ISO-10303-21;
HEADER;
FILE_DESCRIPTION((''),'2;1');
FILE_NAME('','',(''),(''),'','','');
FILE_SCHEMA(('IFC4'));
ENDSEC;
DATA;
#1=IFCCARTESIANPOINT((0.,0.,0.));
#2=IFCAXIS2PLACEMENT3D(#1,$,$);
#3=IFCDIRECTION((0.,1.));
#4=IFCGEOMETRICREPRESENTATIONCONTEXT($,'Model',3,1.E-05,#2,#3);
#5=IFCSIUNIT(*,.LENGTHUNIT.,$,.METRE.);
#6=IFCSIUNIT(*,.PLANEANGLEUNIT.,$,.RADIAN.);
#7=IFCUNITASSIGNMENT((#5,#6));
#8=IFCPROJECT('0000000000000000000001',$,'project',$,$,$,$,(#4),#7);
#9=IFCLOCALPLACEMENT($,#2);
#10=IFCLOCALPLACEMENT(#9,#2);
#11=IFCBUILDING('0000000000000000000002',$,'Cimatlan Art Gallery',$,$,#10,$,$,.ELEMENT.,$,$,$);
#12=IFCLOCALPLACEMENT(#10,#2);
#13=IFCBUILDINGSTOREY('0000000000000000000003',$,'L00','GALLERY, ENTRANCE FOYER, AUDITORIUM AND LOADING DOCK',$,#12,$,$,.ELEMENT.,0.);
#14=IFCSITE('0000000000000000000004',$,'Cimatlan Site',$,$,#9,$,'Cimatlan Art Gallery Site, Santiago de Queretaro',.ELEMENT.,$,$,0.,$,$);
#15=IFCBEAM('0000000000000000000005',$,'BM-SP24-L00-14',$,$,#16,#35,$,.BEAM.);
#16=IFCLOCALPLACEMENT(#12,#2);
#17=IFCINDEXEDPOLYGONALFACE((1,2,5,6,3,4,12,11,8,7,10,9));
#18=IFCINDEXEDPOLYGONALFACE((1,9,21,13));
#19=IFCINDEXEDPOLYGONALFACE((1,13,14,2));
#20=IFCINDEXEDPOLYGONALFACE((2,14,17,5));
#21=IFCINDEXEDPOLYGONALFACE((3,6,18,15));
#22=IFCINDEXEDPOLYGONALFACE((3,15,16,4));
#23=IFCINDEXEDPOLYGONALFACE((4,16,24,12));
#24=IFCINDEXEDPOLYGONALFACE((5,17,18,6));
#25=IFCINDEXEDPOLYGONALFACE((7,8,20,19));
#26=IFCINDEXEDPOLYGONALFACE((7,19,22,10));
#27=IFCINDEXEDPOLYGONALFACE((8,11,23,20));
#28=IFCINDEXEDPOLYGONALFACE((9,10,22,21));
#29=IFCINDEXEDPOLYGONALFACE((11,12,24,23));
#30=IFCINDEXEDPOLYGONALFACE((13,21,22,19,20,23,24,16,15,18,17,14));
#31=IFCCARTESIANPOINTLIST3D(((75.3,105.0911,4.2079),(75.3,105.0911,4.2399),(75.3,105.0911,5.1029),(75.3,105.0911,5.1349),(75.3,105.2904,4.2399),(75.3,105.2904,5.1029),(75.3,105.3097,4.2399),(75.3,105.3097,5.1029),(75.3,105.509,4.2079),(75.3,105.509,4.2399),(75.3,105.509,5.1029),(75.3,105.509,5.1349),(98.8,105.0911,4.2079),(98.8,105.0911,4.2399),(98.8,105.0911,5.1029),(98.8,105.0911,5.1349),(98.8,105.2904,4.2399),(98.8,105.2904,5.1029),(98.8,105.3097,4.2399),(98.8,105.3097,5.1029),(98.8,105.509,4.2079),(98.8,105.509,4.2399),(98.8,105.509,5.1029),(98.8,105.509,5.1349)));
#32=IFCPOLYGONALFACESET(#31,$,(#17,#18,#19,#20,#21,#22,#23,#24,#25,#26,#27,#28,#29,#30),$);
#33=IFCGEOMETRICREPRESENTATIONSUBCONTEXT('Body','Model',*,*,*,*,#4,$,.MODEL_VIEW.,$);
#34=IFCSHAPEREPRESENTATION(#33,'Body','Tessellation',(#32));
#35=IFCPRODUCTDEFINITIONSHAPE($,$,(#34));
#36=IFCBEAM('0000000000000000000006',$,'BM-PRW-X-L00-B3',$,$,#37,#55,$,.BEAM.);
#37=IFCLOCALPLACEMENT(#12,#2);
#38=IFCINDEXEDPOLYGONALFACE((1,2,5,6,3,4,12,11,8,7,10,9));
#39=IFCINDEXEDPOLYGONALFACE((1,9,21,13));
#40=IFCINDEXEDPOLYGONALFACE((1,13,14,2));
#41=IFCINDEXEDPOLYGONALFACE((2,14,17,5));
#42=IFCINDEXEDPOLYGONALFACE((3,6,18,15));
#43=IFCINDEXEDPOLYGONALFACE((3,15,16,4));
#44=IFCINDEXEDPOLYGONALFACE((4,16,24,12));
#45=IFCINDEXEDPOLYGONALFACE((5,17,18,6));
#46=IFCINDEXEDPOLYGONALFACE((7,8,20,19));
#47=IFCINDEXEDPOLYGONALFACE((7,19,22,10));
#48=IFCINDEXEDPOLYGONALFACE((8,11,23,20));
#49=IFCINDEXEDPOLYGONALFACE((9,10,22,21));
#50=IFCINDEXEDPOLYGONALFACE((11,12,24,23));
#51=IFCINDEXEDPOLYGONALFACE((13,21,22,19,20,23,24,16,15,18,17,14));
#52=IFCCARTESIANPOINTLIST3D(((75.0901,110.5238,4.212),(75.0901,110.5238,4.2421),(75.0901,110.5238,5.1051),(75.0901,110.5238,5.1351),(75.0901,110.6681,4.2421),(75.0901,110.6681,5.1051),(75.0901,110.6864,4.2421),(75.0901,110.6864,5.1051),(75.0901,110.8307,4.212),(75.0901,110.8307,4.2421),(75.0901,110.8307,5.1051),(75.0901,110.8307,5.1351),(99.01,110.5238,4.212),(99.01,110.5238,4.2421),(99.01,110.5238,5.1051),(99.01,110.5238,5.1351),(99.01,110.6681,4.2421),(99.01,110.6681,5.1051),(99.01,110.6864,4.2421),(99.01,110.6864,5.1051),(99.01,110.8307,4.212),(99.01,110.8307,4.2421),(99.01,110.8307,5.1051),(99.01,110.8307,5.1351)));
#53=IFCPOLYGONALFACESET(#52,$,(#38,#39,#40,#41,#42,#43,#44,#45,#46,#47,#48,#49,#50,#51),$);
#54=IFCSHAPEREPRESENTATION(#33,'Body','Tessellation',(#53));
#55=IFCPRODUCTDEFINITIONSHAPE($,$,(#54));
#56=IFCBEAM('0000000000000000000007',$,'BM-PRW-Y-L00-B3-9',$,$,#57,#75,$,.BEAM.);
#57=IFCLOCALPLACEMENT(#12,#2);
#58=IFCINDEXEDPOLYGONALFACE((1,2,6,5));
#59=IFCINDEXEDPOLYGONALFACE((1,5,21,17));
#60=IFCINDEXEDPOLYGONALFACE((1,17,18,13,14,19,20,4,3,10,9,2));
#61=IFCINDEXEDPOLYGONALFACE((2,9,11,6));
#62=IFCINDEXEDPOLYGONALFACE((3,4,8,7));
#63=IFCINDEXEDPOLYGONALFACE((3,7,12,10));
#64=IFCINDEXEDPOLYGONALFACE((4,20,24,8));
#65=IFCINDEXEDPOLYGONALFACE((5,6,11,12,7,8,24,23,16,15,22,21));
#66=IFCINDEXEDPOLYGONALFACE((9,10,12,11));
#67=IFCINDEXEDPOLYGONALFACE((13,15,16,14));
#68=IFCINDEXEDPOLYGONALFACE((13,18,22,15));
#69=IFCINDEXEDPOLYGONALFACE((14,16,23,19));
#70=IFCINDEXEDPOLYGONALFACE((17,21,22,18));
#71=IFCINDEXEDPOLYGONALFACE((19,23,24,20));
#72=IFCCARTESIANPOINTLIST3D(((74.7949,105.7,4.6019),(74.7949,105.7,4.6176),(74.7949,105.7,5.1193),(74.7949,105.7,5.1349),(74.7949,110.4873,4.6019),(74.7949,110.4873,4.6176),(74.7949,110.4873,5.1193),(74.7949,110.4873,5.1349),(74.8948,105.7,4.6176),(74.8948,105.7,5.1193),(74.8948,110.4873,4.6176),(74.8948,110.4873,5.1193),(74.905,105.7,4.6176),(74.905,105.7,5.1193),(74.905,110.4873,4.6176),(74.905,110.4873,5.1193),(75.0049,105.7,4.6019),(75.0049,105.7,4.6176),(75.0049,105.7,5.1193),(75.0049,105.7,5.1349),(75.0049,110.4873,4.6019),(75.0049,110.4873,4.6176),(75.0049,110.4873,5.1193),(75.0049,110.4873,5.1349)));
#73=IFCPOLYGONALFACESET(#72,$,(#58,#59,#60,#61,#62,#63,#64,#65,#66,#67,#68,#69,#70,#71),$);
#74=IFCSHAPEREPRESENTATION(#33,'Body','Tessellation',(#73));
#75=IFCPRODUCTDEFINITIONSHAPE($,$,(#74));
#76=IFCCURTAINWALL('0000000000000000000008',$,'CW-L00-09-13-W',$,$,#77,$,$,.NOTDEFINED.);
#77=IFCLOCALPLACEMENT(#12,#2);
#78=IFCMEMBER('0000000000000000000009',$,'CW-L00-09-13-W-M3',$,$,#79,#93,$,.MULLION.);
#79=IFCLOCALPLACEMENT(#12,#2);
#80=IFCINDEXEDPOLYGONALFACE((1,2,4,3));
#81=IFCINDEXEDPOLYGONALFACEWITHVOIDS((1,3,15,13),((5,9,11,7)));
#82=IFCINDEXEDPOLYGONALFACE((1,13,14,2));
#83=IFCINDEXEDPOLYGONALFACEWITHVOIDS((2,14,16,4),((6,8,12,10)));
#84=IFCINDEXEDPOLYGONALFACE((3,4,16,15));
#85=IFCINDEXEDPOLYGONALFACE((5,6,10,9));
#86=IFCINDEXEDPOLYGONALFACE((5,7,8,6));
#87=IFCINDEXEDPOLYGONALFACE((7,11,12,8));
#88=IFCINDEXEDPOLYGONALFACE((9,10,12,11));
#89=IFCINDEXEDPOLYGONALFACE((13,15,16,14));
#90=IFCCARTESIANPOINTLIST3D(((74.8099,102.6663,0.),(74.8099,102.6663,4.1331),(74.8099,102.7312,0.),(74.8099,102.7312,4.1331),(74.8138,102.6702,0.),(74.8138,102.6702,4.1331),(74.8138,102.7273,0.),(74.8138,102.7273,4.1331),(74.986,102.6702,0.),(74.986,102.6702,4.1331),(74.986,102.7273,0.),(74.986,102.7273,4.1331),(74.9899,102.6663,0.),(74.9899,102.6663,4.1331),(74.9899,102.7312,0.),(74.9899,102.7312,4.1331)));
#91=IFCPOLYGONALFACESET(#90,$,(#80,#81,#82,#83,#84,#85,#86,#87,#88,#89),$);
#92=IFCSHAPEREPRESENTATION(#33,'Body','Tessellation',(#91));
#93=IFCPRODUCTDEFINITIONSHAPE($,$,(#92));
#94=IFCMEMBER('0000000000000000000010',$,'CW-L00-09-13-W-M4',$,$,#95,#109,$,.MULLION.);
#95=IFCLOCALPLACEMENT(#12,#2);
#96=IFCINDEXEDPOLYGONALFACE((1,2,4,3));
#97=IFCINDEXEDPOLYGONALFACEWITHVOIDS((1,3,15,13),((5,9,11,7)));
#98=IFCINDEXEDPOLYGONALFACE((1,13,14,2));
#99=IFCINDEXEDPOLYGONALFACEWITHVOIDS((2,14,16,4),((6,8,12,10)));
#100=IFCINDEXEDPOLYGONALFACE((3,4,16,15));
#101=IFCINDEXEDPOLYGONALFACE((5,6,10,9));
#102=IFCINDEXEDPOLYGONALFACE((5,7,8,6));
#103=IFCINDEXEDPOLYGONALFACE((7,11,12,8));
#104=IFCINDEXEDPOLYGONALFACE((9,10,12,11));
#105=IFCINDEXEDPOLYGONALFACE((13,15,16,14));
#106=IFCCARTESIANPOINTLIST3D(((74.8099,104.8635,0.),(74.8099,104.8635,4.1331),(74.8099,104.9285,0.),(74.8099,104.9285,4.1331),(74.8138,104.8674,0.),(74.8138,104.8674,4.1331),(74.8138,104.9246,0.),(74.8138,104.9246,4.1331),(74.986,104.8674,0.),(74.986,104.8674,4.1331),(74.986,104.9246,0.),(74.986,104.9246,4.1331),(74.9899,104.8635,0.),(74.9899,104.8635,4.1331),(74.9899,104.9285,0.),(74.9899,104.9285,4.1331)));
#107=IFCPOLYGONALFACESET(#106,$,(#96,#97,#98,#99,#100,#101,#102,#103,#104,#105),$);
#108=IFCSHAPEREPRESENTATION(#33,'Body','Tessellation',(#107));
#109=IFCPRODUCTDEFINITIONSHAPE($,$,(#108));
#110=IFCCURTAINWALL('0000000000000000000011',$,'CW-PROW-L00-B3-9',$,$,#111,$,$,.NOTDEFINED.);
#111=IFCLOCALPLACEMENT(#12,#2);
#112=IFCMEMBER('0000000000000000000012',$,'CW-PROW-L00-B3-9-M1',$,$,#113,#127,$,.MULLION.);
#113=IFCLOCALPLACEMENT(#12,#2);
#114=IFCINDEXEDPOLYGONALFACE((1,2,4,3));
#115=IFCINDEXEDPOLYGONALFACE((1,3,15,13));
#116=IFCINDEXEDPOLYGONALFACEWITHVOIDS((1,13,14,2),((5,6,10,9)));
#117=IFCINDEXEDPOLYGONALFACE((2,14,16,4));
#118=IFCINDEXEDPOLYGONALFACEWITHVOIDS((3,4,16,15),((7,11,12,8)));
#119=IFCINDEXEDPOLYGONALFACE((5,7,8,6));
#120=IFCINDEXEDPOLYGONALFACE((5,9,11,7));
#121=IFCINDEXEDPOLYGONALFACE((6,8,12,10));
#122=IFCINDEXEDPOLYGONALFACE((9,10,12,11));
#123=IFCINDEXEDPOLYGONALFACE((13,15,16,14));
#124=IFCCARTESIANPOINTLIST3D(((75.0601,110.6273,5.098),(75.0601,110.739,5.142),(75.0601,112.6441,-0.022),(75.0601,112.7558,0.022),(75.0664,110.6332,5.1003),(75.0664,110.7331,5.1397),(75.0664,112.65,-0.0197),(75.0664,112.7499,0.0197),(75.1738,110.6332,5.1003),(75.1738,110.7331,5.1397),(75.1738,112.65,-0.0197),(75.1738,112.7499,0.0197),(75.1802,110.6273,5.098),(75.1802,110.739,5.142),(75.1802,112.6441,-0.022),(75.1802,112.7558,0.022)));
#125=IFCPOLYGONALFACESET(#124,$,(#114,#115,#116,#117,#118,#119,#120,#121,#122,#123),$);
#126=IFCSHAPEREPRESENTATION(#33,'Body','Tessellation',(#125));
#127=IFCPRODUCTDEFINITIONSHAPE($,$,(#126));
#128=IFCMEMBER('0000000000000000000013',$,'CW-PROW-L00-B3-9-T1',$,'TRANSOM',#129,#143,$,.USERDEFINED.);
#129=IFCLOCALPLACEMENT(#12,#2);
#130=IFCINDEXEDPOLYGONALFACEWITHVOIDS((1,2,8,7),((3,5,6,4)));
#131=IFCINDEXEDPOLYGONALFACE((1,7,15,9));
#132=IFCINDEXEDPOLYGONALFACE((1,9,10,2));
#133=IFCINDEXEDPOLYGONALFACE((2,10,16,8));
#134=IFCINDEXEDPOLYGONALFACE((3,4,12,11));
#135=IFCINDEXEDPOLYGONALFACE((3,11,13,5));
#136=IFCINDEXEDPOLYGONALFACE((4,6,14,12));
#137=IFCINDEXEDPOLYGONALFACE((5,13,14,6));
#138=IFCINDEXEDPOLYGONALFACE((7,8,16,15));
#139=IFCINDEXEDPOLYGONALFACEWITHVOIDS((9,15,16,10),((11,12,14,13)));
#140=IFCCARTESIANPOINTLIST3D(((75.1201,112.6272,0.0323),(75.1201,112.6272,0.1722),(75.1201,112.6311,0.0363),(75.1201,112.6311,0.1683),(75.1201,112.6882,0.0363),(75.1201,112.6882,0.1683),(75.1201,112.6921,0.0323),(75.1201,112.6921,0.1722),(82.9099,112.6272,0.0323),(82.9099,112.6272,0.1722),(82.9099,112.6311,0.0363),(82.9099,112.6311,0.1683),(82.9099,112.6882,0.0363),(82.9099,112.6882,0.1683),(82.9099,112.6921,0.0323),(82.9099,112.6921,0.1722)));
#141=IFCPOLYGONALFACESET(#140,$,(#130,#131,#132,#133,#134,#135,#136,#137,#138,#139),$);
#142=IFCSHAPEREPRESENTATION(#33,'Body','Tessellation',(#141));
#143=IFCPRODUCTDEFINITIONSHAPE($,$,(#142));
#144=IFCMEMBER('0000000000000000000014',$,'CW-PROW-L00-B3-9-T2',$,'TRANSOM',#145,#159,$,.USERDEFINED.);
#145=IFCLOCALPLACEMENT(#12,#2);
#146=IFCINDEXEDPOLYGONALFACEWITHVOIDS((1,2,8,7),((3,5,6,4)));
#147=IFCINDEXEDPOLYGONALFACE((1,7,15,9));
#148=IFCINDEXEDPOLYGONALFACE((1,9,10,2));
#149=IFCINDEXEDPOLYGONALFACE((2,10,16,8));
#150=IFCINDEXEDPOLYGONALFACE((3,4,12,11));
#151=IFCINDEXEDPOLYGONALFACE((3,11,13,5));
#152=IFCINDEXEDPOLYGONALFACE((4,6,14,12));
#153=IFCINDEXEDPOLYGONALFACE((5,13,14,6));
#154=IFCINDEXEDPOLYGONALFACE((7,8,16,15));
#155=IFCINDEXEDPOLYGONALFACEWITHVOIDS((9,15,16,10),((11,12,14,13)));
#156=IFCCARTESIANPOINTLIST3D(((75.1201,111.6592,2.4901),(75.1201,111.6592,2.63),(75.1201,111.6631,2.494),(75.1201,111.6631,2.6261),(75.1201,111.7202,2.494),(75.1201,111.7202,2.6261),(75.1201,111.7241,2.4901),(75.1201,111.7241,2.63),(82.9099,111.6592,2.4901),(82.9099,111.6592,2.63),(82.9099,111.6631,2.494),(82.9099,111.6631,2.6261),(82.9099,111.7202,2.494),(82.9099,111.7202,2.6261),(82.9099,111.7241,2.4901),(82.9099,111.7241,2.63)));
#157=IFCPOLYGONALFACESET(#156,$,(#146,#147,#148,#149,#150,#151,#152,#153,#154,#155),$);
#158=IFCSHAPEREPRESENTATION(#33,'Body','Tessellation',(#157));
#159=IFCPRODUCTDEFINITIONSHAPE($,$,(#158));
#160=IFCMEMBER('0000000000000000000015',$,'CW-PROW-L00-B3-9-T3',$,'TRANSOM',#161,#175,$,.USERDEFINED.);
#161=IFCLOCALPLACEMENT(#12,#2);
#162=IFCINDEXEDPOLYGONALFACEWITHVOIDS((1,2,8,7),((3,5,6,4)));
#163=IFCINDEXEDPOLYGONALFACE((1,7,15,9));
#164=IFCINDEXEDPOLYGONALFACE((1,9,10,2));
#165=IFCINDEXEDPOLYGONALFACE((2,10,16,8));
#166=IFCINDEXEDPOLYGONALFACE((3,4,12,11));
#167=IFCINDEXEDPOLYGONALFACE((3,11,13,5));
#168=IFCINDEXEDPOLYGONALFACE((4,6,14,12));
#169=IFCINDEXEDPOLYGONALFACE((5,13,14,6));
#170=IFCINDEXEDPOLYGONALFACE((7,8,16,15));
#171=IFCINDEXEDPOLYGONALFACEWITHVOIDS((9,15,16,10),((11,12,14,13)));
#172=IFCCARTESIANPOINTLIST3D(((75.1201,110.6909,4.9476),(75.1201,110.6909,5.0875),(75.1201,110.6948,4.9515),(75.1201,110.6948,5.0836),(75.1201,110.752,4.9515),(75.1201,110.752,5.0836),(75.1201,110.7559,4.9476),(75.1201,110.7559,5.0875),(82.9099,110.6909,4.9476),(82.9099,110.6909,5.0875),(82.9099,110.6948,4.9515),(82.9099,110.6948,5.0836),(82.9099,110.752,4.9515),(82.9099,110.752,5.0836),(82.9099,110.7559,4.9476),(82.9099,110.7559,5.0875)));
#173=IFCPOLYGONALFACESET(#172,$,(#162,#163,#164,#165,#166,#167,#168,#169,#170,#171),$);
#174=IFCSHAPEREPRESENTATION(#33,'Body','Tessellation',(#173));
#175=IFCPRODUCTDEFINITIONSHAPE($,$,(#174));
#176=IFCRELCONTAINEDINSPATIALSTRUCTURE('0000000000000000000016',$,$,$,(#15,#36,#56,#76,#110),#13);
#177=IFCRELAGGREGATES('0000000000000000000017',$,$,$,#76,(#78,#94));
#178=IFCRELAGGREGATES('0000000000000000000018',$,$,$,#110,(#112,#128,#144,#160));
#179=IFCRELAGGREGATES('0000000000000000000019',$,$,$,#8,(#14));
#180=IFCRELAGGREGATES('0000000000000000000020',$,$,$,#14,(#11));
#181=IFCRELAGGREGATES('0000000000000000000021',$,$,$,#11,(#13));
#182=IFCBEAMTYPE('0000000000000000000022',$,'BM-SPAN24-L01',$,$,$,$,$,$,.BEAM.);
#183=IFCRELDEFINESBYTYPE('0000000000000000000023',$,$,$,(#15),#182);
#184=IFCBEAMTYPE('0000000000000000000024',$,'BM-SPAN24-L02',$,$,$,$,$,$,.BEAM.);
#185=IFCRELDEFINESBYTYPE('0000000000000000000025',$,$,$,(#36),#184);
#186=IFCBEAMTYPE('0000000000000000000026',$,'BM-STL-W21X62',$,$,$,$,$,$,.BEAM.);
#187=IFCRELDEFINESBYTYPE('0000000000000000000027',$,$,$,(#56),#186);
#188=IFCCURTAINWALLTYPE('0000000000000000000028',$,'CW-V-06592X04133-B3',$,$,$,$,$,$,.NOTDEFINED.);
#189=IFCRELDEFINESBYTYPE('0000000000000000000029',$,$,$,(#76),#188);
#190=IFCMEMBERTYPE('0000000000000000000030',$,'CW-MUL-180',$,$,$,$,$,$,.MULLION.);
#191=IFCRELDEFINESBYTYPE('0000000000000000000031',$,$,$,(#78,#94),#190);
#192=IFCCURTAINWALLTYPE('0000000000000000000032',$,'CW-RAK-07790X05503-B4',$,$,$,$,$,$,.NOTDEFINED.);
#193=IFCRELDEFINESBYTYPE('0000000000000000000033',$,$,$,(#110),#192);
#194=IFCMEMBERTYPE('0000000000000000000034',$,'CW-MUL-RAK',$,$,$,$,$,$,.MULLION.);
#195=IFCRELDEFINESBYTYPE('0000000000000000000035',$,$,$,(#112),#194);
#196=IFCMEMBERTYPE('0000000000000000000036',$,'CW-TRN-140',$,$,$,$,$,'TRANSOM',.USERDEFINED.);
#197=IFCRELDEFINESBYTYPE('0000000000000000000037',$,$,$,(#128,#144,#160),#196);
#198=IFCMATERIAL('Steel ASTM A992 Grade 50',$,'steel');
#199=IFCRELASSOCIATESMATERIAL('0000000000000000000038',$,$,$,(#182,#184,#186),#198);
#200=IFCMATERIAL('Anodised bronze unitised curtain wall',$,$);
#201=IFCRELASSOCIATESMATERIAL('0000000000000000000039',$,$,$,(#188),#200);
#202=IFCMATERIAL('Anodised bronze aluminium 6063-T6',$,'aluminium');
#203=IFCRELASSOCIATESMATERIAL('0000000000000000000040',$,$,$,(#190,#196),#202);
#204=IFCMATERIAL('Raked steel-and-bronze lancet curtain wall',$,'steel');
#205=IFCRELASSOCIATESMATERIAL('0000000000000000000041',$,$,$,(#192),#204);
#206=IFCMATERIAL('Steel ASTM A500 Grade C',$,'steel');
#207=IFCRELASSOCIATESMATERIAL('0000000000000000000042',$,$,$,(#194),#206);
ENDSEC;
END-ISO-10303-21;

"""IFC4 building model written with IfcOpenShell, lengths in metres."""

from ifc_helpers import new_model, si_unit, direction, frame, origin, origin_2d, place, context, subcontext, project, spatial, hollow_rectangle, i_section, extrude, material, material_profile, profile_set, type_object, element, aggregate, save


model = new_model("IFC4")

# Units and contexts
model_context = context("Model", 3, precision=1e-05, world=origin(), true_north=direction((0.0, 1.0)))
body_context = subcontext(model_context, "Body", "Model", "MODEL_VIEW")
ifc_project = project(units=[si_unit("LENGTHUNIT", "METRE"), si_unit("PLANEANGLEUNIT", "RADIAN")], contexts=[model_context])

# Site, building, storey
site_placement = place(None, origin())
site = spatial("IfcSite", under=ifc_project, at=site_placement, Name="Cimatlan Site", LongName="Cimatlan Art Gallery Site, Santiago de Queretaro", CompositionType="ELEMENT", RefElevation=0.0)
building_placement = place(site_placement, origin())
building = spatial("IfcBuilding", under=site, at=building_placement, Name="Cimatlan Art Gallery", CompositionType="ELEMENT")
storey_placement = place(building_placement, origin())
storey = spatial("IfcBuildingStorey", under=building, at=storey_placement, Name="L00", Description="GALLERY, ENTRANCE FOYER, AUDITORIUM AND LOADING DOCK", CompositionType="ELEMENT", Elevation=0.0)

# Beams
ifc_material_1 = material(Name="Steel ASTM A992 Grade 50", Category="steel")
ifc_material_profile_1 = material_profile(ifc_material_1, i_section(OverallWidth=0.418, OverallDepth=0.927, WebThickness=0.0193, FlangeThickness=0.032, at=origin_2d()), Name="W36X231")
ifc_profile_set_1 = profile_set([ifc_material_profile_1], Name="Steel ASTM A992 Grade 50")
beam_type_1 = type_object("IfcBeamType", Name="BM-SPAN24-L01", PredefinedType="BEAM", material=ifc_profile_set_1)
beam_1_placement = place(storey_placement, frame((75.3, 105.3, 4.6714), z_axis=(1.0, 0.0, 0.0), x_axis=(0.0, 1.0, 0.0)))
element("IfcBeam", 1, at=beam_1_placement, inside=storey, type_object=beam_type_1, Name="BM-SP24-L00-14", PredefinedType="BEAM", context=body_context, shape_type="SweptSolid", body=[
    extrude(i_section(OverallWidth=0.418, OverallDepth=0.927, WebThickness=0.0193, FlangeThickness=0.032, at=origin_2d()), origin(), (0.0, 0.0, 1.0), 23.5),
])
ifc_material_profile_2 = material_profile(ifc_material_1, i_section(OverallWidth=0.3069, OverallDepth=0.9231, WebThickness=0.0183, FlangeThickness=0.03, at=origin_2d()), Name="W36X182")
ifc_profile_set_2 = profile_set([ifc_material_profile_2], Name="Steel ASTM A992 Grade 50")
beam_type_2 = type_object("IfcBeamType", Name="BM-SPAN24-L02", PredefinedType="BEAM", material=ifc_profile_set_2)
beam_2_placement = place(storey_placement, frame((75.0901, 110.6772, 4.6736), z_axis=(1.0, 0.0, 0.0), x_axis=(0.0, 1.0, 0.0)))
element("IfcBeam", 2, at=beam_2_placement, inside=storey, type_object=beam_type_2, Name="BM-PRW-X-L00-B3", PredefinedType="BEAM", context=body_context, shape_type="SweptSolid", body=[
    extrude(i_section(OverallWidth=0.3069, OverallDepth=0.9231, WebThickness=0.0183, FlangeThickness=0.03, at=origin_2d()), origin(), (0.0, 0.0, 1.0), 23.9199),
])
ifc_material_profile_3 = material_profile(ifc_material_1, i_section(OverallWidth=0.21, OverallDepth=0.533, WebThickness=0.0103, FlangeThickness=0.0156, at=origin_2d()), Name="W21X62")
ifc_profile_set_3 = profile_set([ifc_material_profile_3], Name="Steel ASTM A992 Grade 50")
beam_type_3 = type_object("IfcBeamType", Name="BM-STL-W21X62", PredefinedType="BEAM", material=ifc_profile_set_3)
beam_3_placement = place(storey_placement, frame((74.8999, 105.7, 4.8684), z_axis=(0.0, 1.0, 0.0), x_axis=(-1.0, 0.0, 0.0)))
element("IfcBeam", 3, at=beam_3_placement, inside=storey, type_object=beam_type_3, Name="BM-PRW-Y-L00-B3-9", PredefinedType="BEAM", context=body_context, shape_type="SweptSolid", body=[
    extrude(i_section(OverallWidth=0.21, OverallDepth=0.533, WebThickness=0.0103, FlangeThickness=0.0156, at=origin_2d()), origin(), (0.0, 0.0, 1.0), 4.7874),
])

# Curtain walls, members
ifc_material_2 = material(Name="Anodised bronze unitised curtain wall")
curtain_wall_type_1 = type_object("IfcCurtainWallType", Name="CW-V-06592X04133-B3", PredefinedType="NOTDEFINED", material=ifc_material_2)
curtain_wall_1_placement = place(storey_placement, origin())
curtain_wall_1 = element("IfcCurtainWall", 4, at=curtain_wall_1_placement, inside=storey, type_object=curtain_wall_type_1, Name="CW-L00-09-13-W", PredefinedType="NOTDEFINED")
ifc_material_3 = material(Name="Anodised bronze aluminium 6063-T6", Category="aluminium")
ifc_material_profile_4 = material_profile(ifc_material_3, hollow_rectangle(XDim=0.0649, YDim=0.1799, WallThickness=0.0039, at=origin_2d()), Name="ALU65X180X4")
ifc_profile_set_4 = profile_set([ifc_material_profile_4], Name="Anodised bronze aluminium 6063-T6")
member_type_1 = type_object("IfcMemberType", Name="CW-MUL-180", PredefinedType="MULLION", material=ifc_profile_set_4)
member_1_placement = place(storey_placement, frame((74.8999, 102.6987, 0.0), z_axis=(0.0, 0.0, 1.0), x_axis=(0.0, 1.0, 0.0)))
member_1 = element("IfcMember", 5, at=member_1_placement, type_object=member_type_1, Name="CW-L00-09-13-W-M3", PredefinedType="MULLION", context=body_context, shape_type="SweptSolid", body=[
    extrude(hollow_rectangle(XDim=0.0649, YDim=0.1799, WallThickness=0.0039, at=origin_2d()), origin(), (0.0, 0.0, 1.0), 4.1331),
])
member_2_placement = place(storey_placement, frame((74.8999, 104.896, 0.0), z_axis=(0.0, 0.0, 1.0), x_axis=(0.0, 1.0, 0.0)))
member_2 = element("IfcMember", 6, at=member_2_placement, type_object=member_type_1, Name="CW-L00-09-13-W-M4", PredefinedType="MULLION", context=body_context, shape_type="SweptSolid", body=[
    extrude(hollow_rectangle(XDim=0.0649, YDim=0.1799, WallThickness=0.0039, at=origin_2d()), origin(), (0.0, 0.0, 1.0), 4.1331),
])
ifc_material_4 = material(Name="Raked steel-and-bronze lancet curtain wall", Category="steel")
curtain_wall_type_2 = type_object("IfcCurtainWallType", Name="CW-RAK-07790X05503-B4", PredefinedType="NOTDEFINED", material=ifc_material_4)
curtain_wall_2_placement = place(storey_placement, origin())
curtain_wall_2 = element("IfcCurtainWall", 7, at=curtain_wall_2_placement, inside=storey, type_object=curtain_wall_type_2, Name="CW-PROW-L00-B3-9", PredefinedType="NOTDEFINED")
ifc_material_5 = material(Name="Steel ASTM A500 Grade C", Category="steel")
ifc_material_profile_5 = material_profile(ifc_material_5, hollow_rectangle(XDim=0.1201, YDim=0.1201, WallThickness=0.0063, at=origin_2d()), Name="HSS120X120X6")
ifc_profile_set_5 = profile_set([ifc_material_profile_5], Name="Steel ASTM A500 Grade C")
member_type_2 = type_object("IfcMemberType", Name="CW-MUL-RAK", PredefinedType="MULLION", material=ifc_profile_set_5)
member_3_placement = place(storey_placement, frame((75.1201, 112.7, 0.0), z_axis=(0.0, -0.366498, 0.930419), x_axis=(1.0, 0.0, 0.0)))
member_3 = element("IfcMember", 8, at=member_3_placement, type_object=member_type_2, Name="CW-PROW-L00-B3-9-M1", PredefinedType="MULLION", context=body_context, shape_type="SweptSolid", body=[
    extrude(hollow_rectangle(XDim=0.1201, YDim=0.1201, WallThickness=0.0063, at=origin_2d()), origin(), (0.0, 0.0, 1.0), 5.5029),
])
ifc_material_profile_6 = material_profile(ifc_material_3, hollow_rectangle(XDim=0.0649, YDim=0.1399, WallThickness=0.0039, at=origin_2d()), Name="ALU65X140X4")
ifc_profile_set_6 = profile_set([ifc_material_profile_6], Name="Anodised bronze aluminium 6063-T6")
member_type_3 = type_object("IfcMemberType", Name="CW-TRN-140", ElementType="TRANSOM", PredefinedType="USERDEFINED", material=ifc_profile_set_6)
member_4_placement = place(storey_placement, frame((75.1201, 112.6597, 0.1023), z_axis=(1.0, 0.0, 0.0), x_axis=(0.0, 1.0, 0.0)))
member_4 = element("IfcMember", 9, at=member_4_placement, type_object=member_type_3, Name="CW-PROW-L00-B3-9-T1", ObjectType="TRANSOM", PredefinedType="USERDEFINED", context=body_context, shape_type="SweptSolid", body=[
    extrude(hollow_rectangle(XDim=0.0649, YDim=0.1399, WallThickness=0.0039, at=origin_2d()), origin(), (0.0, 0.0, 1.0), 7.7898),
])
member_5_placement = place(storey_placement, frame((75.1201, 111.6917, 2.5601), z_axis=(1.0, 0.0, 0.0), x_axis=(0.0, 1.0, 0.0)))
member_5 = element("IfcMember", 10, at=member_5_placement, type_object=member_type_3, Name="CW-PROW-L00-B3-9-T2", ObjectType="TRANSOM", PredefinedType="USERDEFINED", context=body_context, shape_type="SweptSolid", body=[
    extrude(hollow_rectangle(XDim=0.0649, YDim=0.1399, WallThickness=0.0039, at=origin_2d()), origin(), (0.0, 0.0, 1.0), 7.7898),
])
member_6_placement = place(storey_placement, frame((75.1201, 110.7234, 5.0176), z_axis=(1.0, 0.0, 0.0), x_axis=(0.0, 1.0, 0.0)))
member_6 = element("IfcMember", 11, at=member_6_placement, type_object=member_type_3, Name="CW-PROW-L00-B3-9-T3", ObjectType="TRANSOM", PredefinedType="USERDEFINED", context=body_context, shape_type="SweptSolid", body=[
    extrude(hollow_rectangle(XDim=0.0649, YDim=0.1399, WallThickness=0.0039, at=origin_2d()), origin(), (0.0, 0.0, 1.0), 7.7898),
])

aggregate(curtain_wall_1, [member_1, member_2])
aggregate(curtain_wall_2, [member_3, member_4, member_5, member_6])

save(model, "model.ifc")
